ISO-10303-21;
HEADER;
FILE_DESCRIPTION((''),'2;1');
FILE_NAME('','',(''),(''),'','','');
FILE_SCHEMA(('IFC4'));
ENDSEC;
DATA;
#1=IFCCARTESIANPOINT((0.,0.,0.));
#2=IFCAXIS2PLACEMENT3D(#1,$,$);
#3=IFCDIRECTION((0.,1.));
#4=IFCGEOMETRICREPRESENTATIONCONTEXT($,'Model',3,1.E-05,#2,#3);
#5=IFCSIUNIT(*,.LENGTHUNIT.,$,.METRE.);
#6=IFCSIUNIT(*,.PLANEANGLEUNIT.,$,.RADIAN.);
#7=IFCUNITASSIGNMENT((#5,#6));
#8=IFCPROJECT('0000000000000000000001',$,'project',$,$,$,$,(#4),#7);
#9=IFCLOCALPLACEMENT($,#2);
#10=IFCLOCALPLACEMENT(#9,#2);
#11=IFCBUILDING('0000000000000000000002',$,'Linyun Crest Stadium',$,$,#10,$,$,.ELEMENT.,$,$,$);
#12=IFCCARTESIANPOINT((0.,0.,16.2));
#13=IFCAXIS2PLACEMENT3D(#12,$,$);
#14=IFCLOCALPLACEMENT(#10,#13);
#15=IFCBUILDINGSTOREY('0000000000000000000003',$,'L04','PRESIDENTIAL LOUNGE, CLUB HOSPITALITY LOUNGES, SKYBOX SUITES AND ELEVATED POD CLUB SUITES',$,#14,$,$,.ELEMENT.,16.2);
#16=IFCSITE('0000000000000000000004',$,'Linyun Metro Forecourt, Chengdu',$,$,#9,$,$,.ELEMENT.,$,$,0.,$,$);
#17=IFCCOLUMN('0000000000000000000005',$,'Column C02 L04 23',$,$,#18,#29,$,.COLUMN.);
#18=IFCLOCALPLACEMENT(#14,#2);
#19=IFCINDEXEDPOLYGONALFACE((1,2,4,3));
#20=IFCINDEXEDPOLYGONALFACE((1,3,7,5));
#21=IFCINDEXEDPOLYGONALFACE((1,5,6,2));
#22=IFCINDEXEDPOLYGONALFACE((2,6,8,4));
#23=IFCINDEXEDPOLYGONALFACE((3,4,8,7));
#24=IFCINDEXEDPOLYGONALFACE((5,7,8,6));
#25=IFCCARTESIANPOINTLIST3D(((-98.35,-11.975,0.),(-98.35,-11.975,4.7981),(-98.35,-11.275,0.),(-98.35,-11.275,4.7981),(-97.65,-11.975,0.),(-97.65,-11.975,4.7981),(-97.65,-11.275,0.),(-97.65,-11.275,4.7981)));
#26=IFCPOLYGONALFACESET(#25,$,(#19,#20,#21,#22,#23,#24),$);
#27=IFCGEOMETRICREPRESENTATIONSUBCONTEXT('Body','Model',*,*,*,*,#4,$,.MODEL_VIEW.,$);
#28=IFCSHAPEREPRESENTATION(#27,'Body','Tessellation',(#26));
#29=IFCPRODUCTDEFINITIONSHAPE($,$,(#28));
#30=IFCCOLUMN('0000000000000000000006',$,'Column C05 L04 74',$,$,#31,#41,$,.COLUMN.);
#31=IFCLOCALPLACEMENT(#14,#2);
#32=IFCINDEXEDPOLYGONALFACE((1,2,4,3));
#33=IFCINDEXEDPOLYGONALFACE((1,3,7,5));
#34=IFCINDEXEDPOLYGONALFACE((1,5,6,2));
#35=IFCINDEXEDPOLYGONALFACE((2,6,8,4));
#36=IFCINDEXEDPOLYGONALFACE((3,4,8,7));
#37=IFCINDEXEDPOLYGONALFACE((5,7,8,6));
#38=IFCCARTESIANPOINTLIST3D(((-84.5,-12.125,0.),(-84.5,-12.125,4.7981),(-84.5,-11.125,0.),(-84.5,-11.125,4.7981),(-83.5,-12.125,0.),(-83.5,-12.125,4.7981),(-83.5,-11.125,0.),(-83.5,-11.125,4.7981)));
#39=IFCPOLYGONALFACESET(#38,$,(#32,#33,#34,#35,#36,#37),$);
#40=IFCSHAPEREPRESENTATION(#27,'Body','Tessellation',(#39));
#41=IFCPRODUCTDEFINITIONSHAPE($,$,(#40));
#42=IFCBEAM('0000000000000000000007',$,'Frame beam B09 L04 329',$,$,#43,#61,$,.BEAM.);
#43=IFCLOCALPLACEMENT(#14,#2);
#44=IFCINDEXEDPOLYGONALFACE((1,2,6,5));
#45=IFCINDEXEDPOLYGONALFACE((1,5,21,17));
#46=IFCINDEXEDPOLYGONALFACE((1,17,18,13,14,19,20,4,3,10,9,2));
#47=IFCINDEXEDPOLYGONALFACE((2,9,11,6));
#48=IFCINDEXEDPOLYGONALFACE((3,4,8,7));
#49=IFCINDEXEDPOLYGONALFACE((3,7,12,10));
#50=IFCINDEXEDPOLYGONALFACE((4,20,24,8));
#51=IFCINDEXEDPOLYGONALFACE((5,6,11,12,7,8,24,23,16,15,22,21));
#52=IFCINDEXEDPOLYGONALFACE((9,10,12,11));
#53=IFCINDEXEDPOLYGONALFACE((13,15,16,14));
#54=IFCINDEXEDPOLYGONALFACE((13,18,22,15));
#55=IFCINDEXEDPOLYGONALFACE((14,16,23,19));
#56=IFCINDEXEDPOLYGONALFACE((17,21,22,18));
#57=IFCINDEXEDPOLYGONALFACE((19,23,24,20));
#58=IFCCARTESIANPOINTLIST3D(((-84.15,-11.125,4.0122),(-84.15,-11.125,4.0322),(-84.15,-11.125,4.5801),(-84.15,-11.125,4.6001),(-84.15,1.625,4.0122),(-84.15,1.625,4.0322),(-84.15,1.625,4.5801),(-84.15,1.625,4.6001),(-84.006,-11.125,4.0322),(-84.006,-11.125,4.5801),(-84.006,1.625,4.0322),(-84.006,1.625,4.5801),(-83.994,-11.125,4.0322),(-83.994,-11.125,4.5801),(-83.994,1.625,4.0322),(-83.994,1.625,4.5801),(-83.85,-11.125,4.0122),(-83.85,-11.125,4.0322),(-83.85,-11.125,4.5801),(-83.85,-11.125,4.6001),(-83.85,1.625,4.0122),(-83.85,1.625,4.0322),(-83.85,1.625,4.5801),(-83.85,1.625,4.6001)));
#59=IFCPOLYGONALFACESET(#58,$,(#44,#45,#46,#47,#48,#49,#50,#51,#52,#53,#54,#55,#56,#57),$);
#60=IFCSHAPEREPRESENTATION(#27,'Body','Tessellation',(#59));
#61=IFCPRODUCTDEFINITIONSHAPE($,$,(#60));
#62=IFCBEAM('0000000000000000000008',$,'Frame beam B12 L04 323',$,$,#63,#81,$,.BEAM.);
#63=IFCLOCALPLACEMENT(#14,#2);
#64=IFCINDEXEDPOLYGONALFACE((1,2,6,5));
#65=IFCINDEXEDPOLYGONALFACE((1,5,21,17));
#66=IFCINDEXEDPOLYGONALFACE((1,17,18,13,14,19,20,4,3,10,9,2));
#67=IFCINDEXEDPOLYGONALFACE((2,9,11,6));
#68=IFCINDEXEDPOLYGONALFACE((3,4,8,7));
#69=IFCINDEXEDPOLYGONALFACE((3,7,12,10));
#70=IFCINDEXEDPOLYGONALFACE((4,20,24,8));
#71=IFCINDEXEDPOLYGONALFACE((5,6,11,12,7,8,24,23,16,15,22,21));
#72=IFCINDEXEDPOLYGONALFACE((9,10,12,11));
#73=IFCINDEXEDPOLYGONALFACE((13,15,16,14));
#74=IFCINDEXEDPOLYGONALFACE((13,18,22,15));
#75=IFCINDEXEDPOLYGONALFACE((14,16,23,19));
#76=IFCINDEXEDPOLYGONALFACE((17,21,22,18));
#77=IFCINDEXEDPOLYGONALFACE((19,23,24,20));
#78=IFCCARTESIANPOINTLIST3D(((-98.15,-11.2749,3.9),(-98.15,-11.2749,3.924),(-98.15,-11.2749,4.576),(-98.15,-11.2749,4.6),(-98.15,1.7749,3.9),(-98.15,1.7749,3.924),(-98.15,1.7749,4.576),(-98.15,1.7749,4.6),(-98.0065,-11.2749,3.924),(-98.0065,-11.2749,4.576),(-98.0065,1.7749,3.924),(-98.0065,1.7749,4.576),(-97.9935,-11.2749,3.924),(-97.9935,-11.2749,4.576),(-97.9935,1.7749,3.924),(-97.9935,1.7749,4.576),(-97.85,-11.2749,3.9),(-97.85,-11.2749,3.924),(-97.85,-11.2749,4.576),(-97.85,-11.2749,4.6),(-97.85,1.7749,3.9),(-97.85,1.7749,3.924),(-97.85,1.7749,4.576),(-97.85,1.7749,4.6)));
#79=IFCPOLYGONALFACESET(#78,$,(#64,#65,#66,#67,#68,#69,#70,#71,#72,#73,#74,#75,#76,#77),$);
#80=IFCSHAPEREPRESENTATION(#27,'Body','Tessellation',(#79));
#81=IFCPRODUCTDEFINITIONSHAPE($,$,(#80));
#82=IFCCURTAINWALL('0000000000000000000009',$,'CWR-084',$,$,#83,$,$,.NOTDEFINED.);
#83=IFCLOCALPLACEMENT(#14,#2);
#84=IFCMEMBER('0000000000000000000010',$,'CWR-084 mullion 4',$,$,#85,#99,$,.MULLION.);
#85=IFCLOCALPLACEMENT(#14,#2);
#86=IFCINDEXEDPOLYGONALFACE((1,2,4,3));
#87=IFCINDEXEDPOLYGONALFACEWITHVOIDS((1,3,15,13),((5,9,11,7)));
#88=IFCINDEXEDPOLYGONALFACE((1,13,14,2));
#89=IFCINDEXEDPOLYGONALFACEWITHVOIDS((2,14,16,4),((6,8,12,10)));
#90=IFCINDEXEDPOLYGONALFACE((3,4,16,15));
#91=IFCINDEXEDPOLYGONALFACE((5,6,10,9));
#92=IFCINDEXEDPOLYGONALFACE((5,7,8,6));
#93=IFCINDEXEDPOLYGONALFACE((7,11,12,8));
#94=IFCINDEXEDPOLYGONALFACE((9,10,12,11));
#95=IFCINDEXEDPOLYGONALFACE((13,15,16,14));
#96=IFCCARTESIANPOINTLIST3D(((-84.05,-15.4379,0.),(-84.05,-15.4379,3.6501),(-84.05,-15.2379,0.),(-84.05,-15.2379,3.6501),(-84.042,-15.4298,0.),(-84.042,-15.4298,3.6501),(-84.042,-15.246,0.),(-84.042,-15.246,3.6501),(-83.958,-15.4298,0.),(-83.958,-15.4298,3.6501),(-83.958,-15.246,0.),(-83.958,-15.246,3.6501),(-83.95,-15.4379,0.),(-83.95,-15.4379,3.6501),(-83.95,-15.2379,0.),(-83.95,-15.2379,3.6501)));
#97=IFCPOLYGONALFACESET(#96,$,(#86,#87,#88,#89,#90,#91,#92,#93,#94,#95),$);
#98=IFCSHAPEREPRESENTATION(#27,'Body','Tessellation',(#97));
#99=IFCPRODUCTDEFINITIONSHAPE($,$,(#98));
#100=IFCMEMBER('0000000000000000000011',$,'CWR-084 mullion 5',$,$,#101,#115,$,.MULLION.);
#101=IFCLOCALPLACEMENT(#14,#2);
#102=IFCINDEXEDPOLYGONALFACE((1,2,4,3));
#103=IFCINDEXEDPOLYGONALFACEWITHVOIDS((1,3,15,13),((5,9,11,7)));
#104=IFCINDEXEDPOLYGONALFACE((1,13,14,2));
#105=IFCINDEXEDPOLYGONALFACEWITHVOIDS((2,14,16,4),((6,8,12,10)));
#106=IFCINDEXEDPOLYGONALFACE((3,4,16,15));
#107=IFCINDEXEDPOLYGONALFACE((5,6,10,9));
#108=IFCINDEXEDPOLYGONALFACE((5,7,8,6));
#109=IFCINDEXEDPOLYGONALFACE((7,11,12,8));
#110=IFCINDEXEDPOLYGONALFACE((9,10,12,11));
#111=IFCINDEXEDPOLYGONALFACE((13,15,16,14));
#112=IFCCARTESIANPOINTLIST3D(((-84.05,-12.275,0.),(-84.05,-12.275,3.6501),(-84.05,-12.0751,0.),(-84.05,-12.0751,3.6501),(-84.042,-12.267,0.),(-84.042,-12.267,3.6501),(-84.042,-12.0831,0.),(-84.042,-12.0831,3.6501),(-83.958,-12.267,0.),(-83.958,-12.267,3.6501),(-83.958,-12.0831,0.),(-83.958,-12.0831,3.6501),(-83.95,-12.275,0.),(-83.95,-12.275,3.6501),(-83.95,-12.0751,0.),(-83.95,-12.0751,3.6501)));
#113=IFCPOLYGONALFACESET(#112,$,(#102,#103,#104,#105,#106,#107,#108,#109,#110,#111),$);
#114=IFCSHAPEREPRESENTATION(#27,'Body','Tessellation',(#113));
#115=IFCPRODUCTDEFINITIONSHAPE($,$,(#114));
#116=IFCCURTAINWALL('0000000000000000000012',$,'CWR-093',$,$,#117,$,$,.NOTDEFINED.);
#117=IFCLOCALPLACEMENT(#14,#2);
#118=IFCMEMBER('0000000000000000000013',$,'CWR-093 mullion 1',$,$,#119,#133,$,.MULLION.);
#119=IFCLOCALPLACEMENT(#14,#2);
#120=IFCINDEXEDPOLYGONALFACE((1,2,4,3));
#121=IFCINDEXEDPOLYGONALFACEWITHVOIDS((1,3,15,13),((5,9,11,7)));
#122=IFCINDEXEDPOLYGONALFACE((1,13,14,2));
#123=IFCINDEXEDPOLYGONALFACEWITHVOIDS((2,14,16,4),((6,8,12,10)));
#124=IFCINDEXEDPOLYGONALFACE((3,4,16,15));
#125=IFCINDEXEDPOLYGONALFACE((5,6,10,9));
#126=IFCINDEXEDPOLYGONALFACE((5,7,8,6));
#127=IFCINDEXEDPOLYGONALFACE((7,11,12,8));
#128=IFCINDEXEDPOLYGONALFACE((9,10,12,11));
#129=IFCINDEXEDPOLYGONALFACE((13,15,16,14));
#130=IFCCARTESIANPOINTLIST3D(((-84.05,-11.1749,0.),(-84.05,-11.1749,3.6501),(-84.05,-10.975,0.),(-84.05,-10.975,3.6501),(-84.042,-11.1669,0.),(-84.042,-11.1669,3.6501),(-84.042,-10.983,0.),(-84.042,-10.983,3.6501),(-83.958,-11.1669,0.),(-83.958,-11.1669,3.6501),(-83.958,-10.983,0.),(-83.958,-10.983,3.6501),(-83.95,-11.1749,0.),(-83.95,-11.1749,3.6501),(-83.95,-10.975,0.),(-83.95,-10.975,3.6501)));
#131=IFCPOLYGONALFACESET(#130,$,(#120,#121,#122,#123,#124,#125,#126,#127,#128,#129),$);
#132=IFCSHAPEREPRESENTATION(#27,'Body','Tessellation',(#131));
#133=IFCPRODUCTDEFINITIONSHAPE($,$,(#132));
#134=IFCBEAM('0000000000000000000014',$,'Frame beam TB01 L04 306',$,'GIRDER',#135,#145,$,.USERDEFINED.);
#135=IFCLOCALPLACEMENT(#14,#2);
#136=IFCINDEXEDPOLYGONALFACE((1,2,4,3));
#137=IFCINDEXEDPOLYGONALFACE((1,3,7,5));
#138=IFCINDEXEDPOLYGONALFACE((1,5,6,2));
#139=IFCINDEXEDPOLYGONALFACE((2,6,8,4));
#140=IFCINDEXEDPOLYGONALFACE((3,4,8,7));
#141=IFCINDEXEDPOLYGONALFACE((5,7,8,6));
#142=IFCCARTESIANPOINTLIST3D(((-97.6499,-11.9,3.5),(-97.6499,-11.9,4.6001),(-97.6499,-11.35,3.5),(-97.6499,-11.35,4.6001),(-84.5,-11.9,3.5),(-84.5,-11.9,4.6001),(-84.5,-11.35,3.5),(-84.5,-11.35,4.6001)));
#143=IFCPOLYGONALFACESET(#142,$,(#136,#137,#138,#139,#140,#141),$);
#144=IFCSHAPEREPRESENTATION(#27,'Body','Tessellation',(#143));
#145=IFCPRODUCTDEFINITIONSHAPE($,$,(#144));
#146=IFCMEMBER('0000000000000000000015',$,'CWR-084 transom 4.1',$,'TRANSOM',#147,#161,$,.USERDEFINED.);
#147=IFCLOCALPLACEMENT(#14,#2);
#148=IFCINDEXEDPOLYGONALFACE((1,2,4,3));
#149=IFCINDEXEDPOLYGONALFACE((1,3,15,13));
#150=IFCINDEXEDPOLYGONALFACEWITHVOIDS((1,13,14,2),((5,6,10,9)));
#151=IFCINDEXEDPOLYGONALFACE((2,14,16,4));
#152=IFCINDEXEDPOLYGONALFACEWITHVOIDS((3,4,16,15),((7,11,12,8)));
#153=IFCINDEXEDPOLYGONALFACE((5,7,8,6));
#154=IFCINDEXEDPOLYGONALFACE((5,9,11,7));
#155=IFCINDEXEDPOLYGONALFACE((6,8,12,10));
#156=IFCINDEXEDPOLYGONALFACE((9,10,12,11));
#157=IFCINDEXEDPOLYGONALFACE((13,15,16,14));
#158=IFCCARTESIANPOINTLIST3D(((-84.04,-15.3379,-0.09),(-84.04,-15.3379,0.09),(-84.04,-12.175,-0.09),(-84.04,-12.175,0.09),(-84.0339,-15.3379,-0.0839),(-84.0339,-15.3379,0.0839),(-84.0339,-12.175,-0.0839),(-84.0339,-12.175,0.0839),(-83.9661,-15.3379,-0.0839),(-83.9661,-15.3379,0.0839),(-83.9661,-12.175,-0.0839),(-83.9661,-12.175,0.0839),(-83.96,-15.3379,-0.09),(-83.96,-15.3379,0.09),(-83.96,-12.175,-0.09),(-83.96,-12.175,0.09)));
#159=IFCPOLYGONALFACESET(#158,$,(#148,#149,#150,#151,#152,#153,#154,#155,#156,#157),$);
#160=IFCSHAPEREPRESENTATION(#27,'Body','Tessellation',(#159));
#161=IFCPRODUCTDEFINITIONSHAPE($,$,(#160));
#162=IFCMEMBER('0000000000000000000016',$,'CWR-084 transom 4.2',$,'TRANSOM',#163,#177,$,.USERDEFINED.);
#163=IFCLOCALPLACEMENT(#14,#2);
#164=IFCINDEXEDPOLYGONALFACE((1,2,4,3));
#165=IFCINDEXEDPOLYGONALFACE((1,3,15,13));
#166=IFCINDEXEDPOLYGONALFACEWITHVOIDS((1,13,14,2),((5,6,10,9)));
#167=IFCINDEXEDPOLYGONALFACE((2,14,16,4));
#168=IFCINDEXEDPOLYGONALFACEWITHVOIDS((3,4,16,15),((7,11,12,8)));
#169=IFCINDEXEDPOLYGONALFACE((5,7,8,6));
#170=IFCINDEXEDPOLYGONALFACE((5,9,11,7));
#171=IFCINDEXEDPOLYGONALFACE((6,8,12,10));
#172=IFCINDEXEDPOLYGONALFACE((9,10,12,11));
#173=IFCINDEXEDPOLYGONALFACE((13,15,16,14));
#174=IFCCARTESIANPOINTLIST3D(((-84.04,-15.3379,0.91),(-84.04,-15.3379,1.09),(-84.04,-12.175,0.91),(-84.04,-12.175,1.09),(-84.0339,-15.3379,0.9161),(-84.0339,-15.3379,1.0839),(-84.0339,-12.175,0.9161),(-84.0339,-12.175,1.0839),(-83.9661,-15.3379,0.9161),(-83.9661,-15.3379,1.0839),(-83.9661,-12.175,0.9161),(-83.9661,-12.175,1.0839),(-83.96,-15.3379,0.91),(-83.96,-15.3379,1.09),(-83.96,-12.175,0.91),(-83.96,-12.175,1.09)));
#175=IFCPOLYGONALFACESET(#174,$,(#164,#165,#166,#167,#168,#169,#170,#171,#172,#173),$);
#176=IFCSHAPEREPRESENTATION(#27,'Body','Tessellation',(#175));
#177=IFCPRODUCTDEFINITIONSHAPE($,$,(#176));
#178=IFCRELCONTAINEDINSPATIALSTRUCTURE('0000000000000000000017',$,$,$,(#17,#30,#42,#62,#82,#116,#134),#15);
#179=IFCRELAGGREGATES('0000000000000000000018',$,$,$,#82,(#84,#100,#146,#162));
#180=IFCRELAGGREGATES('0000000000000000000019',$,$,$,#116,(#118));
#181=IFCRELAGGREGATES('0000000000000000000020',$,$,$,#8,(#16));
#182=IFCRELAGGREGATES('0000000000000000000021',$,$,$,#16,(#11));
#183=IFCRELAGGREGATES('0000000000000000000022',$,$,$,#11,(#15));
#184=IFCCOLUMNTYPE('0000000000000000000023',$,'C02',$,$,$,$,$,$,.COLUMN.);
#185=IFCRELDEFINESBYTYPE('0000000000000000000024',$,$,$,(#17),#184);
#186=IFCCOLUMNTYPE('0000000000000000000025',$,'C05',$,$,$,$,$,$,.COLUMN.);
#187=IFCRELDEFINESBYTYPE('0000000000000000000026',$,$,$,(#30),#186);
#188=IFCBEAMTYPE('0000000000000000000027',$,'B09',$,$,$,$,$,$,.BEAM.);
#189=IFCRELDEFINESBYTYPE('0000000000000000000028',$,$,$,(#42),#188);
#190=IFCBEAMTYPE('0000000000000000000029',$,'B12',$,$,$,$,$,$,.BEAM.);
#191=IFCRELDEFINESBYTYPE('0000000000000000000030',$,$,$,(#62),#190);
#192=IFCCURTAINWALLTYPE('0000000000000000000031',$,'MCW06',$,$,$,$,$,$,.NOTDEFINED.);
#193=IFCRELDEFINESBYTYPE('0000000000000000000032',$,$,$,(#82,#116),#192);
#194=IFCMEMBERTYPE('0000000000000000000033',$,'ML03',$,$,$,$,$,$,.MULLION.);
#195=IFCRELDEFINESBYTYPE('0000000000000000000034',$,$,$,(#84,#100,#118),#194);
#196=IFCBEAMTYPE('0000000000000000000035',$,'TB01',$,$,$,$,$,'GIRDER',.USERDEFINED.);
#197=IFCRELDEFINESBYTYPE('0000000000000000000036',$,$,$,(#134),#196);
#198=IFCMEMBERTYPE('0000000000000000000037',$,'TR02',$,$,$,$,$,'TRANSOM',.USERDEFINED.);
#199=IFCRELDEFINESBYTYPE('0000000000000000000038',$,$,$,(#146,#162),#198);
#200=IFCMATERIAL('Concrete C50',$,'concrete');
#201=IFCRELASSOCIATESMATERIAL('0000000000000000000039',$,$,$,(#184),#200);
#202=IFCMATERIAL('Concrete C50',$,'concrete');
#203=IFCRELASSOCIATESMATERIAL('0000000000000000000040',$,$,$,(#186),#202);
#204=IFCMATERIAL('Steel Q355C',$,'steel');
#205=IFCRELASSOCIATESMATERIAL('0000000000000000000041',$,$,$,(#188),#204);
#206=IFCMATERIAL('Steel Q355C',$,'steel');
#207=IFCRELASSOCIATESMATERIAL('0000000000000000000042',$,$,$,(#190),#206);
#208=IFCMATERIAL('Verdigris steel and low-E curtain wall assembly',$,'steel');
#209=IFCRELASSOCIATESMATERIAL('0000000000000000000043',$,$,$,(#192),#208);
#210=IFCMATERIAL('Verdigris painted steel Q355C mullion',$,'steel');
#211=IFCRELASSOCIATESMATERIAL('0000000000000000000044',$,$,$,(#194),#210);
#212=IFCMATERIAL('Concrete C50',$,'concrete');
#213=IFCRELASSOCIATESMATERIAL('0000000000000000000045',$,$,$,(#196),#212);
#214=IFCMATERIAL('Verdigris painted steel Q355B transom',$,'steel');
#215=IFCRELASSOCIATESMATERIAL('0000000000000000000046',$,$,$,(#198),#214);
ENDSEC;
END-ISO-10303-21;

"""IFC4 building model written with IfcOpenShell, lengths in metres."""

from ifc_helpers import new_model, si_unit, direction, frame, origin, origin_2d, place, context, subcontext, project, spatial, rectangle, hollow_rectangle, i_section, extrude, material, material_profile, profile_set, type_object, element, aggregate, save


model = new_model("IFC4")

# Units and contexts
model_context = context("Model", 3, precision=1e-05, world=origin(), true_north=direction((0.0, 1.0)))
body_context = subcontext(model_context, "Body", "Model", "MODEL_VIEW")
ifc_project = project(units=[si_unit("LENGTHUNIT", "METRE"), si_unit("PLANEANGLEUNIT", "RADIAN")], contexts=[model_context])

# Site, building, storey
site_placement = place(None, origin())
site = spatial("IfcSite", under=ifc_project, at=site_placement, Name="Linyun Metro Forecourt, Chengdu", CompositionType="ELEMENT", RefElevation=0.0)
building_placement = place(site_placement, origin())
building = spatial("IfcBuilding", under=site, at=building_placement, Name="Linyun Crest Stadium", CompositionType="ELEMENT")
storey_placement = place(building_placement, frame((0.0, 0.0, 16.2)))
storey = spatial("IfcBuildingStorey", under=building, at=storey_placement, Name="L04", Description="PRESIDENTIAL LOUNGE, CLUB HOSPITALITY LOUNGES, SKYBOX SUITES AND ELEVATED POD CLUB SUITES", CompositionType="ELEMENT", Elevation=16.2)

# Columns
ifc_material_1 = material(Name="Concrete C50", Category="concrete")
ifc_material_profile_1 = material_profile(ifc_material_1, rectangle(XDim=0.7, YDim=0.7, at=origin_2d()), Name="RC 700x700")
ifc_profile_set_1 = profile_set([ifc_material_profile_1], Name="Concrete C50")
column_type_1 = type_object("IfcColumnType", Name="C02", PredefinedType="COLUMN", material=ifc_profile_set_1)
column_1_placement = place(storey_placement, frame((-98.0, -11.625, 0.0), z_axis=(0.0, 0.0, 1.0), x_axis=(1.0, 0.0, 0.0)))
element("IfcColumn", 1, at=column_1_placement, inside=storey, type_object=column_type_1, Name="Column C02 L04 23", PredefinedType="COLUMN", context=body_context, shape_type="SweptSolid", body=[
    extrude(rectangle(XDim=0.7, YDim=0.7, at=origin_2d()), origin(), (0.0, 0.0, 1.0), 4.7981),
])
ifc_material_2 = material(Name="Concrete C50", Category="concrete")
ifc_material_profile_2 = material_profile(ifc_material_2, rectangle(XDim=1.0, YDim=1.0, at=origin_2d()), Name="RC 1000x1000")
ifc_profile_set_2 = profile_set([ifc_material_profile_2], Name="Concrete C50")
column_type_2 = type_object("IfcColumnType", Name="C05", PredefinedType="COLUMN", material=ifc_profile_set_2)
column_2_placement = place(storey_placement, frame((-84.0, -11.625, 0.0), z_axis=(0.0, 0.0, 1.0), x_axis=(1.0, 0.0, 0.0)))
element("IfcColumn", 2, at=column_2_placement, inside=storey, type_object=column_type_2, Name="Column C05 L04 74", PredefinedType="COLUMN", context=body_context, shape_type="SweptSolid", body=[
    extrude(rectangle(XDim=1.0, YDim=1.0, at=origin_2d()), origin(), (0.0, 0.0, 1.0), 4.7981),
])

# Beams
ifc_material_3 = material(Name="Steel Q355C", Category="steel")
ifc_material_profile_3 = material_profile(ifc_material_3, i_section(OverallWidth=0.3, OverallDepth=0.5879, WebThickness=0.012, FlangeThickness=0.02, at=origin_2d()), Name="HM 588x300")
ifc_profile_set_3 = profile_set([ifc_material_profile_3], Name="Steel Q355C")
beam_type_1 = type_object("IfcBeamType", Name="B09", PredefinedType="BEAM", material=ifc_profile_set_3)
beam_1_placement = place(storey_placement, frame((-84.0, -11.125, 4.3062), z_axis=(0.0, 1.0, 0.0), x_axis=(-1.0, 0.0, 0.0)))
element("IfcBeam", 3, at=beam_1_placement, inside=storey, type_object=beam_type_1, Name="Frame beam B09 L04 329", PredefinedType="BEAM", context=body_context, shape_type="SweptSolid", body=[
    extrude(i_section(OverallWidth=0.3, OverallDepth=0.5879, WebThickness=0.012, FlangeThickness=0.02, at=origin_2d()), origin(), (0.0, 0.0, 1.0), 12.75),
])
ifc_material_4 = material(Name="Steel Q355C", Category="steel")
ifc_material_profile_4 = material_profile(ifc_material_4, i_section(OverallWidth=0.3, OverallDepth=0.7, WebThickness=0.0129, FlangeThickness=0.0239, at=origin_2d()), Name="HN 700x300")
ifc_profile_set_4 = profile_set([ifc_material_profile_4], Name="Steel Q355C")
beam_type_2 = type_object("IfcBeamType", Name="B12", PredefinedType="BEAM", material=ifc_profile_set_4)
beam_2_placement = place(storey_placement, frame((-98.0, -11.2749, 4.25), z_axis=(0.0, 1.0, 0.0), x_axis=(-1.0, 0.0, 0.0)))
element("IfcBeam", 4, at=beam_2_placement, inside=storey, type_object=beam_type_2, Name="Frame beam B12 L04 323", PredefinedType="BEAM", context=body_context, shape_type="SweptSolid", body=[
    extrude(i_section(OverallWidth=0.3, OverallDepth=0.7, WebThickness=0.0129, FlangeThickness=0.0239, at=origin_2d()), origin(), (0.0, 0.0, 1.0), 13.0498),
])

# Curtain wall, members
ifc_material_5 = material(Name="Verdigris steel and low-E curtain wall assembly", Category="steel")
curtain_wall_type = type_object("IfcCurtainWallType", Name="MCW06", PredefinedType="NOTDEFINED", material=ifc_material_5)
curtain_wall_1_placement = place(storey_placement, origin())
curtain_wall_1 = element("IfcCurtainWall", 5, at=curtain_wall_1_placement, inside=storey, type_object=curtain_wall_type, Name="CWR-084", PredefinedType="NOTDEFINED")
ifc_material_6 = material(Name="Verdigris painted steel Q355C mullion", Category="steel")
ifc_material_profile_5 = material_profile(ifc_material_6, hollow_rectangle(XDim=0.1001, YDim=0.2, WallThickness=0.0081, at=origin_2d()), Name="RHS 200x100x8")
ifc_profile_set_5 = profile_set([ifc_material_profile_5], Name="Verdigris painted steel Q355C mullion")
member_type_1 = type_object("IfcMemberType", Name="ML03", PredefinedType="MULLION", material=ifc_profile_set_5)
member_1_placement = place(storey_placement, frame((-84.0, -15.3379, 0.0), z_axis=(0.0, 0.0, 1.0), x_axis=(-1.0, 0.0, 0.0)))
member_1 = element("IfcMember", 6, at=member_1_placement, type_object=member_type_1, Name="CWR-084 mullion 4", PredefinedType="MULLION", context=body_context, shape_type="SweptSolid", body=[
    extrude(hollow_rectangle(XDim=0.1001, YDim=0.2, WallThickness=0.0081, at=origin_2d()), origin(), (0.0, 0.0, 1.0), 3.6501),
])
member_2_placement = place(storey_placement, frame((-84.0, -12.175, 0.0), z_axis=(0.0, 0.0, 1.0), x_axis=(-1.0, 0.0, 0.0)))
member_2 = element("IfcMember", 7, at=member_2_placement, type_object=member_type_1, Name="CWR-084 mullion 5", PredefinedType="MULLION", context=body_context, shape_type="SweptSolid", body=[
    extrude(hollow_rectangle(XDim=0.1001, YDim=0.2, WallThickness=0.0081, at=origin_2d()), origin(), (0.0, 0.0, 1.0), 3.6501),
])

# Curtain wall, member
curtain_wall_2_placement = place(storey_placement, origin())
curtain_wall_2 = element("IfcCurtainWall", 8, at=curtain_wall_2_placement, inside=storey, type_object=curtain_wall_type, Name="CWR-093", PredefinedType="NOTDEFINED")
member_3_placement = place(storey_placement, frame((-84.0, -11.075, 0.0), z_axis=(0.0, 0.0, 1.0), x_axis=(-1.0, 0.0, 0.0)))
member_3 = element("IfcMember", 9, at=member_3_placement, type_object=member_type_1, Name="CWR-093 mullion 1", PredefinedType="MULLION", context=body_context, shape_type="SweptSolid", body=[
    extrude(hollow_rectangle(XDim=0.1001, YDim=0.2, WallThickness=0.0081, at=origin_2d()), origin(), (0.0, 0.0, 1.0), 3.6501),
])

# Beam
ifc_material_7 = material(Name="Concrete C50", Category="concrete")
ifc_material_profile_6 = material_profile(ifc_material_7, rectangle(XDim=0.55, YDim=1.1001, at=origin_2d()), Name="RCB 1100x550")
ifc_profile_set_6 = profile_set([ifc_material_profile_6], Name="Concrete C50")
beam_type_3 = type_object("IfcBeamType", Name="TB01", ElementType="GIRDER", PredefinedType="USERDEFINED", material=ifc_profile_set_6)
beam_3_placement = place(storey_placement, frame((-97.6499, -11.625, 4.05), z_axis=(1.0, 0.0, 0.0), x_axis=(0.0, 1.0, 0.0)))
element("IfcBeam", 10, at=beam_3_placement, inside=storey, type_object=beam_type_3, Name="Frame beam TB01 L04 306", ObjectType="GIRDER", PredefinedType="USERDEFINED", context=body_context, shape_type="SweptSolid", body=[
    extrude(rectangle(XDim=0.55, YDim=1.1001, at=origin_2d()), origin(), (0.0, 0.0, 1.0), 13.1499),
])

# Members
ifc_material_8 = material(Name="Verdigris painted steel Q355B transom", Category="steel")
ifc_material_profile_7 = material_profile(ifc_material_8, hollow_rectangle(XDim=0.0801, YDim=0.1799, WallThickness=0.0061, at=origin_2d()), Name="RHS 180x80x6")
ifc_profile_set_7 = profile_set([ifc_material_profile_7], Name="Verdigris painted steel Q355B transom")
member_type_2 = type_object("IfcMemberType", Name="TR02", ElementType="TRANSOM", PredefinedType="USERDEFINED", material=ifc_profile_set_7)
member_4_placement = place(storey_placement, frame((-84.0, -15.3379, 0.0), z_axis=(0.0, 1.0, 0.0), x_axis=(-1.0, 0.0, 0.0)))
member_4 = element("IfcMember", 11, at=member_4_placement, type_object=member_type_2, Name="CWR-084 transom 4.1", ObjectType="TRANSOM", PredefinedType="USERDEFINED", context=body_context, shape_type="SweptSolid", body=[
    extrude(hollow_rectangle(XDim=0.0801, YDim=0.1799, WallThickness=0.0061, at=origin_2d()), origin(), (0.0, 0.0, 1.0), 3.1628),
])
member_5_placement = place(storey_placement, frame((-84.0, -15.3379, 1.0), z_axis=(0.0, 1.0, 0.0), x_axis=(-1.0, 0.0, 0.0)))
member_5 = element("IfcMember", 12, at=member_5_placement, type_object=member_type_2, Name="CWR-084 transom 4.2", ObjectType="TRANSOM", PredefinedType="USERDEFINED", context=body_context, shape_type="SweptSolid", body=[
    extrude(hollow_rectangle(XDim=0.0801, YDim=0.1799, WallThickness=0.0061, at=origin_2d()), origin(), (0.0, 0.0, 1.0), 3.1628),
])

aggregate(curtain_wall_1, [member_1, member_2, member_4, member_5])
aggregate(curtain_wall_2, [member_3])

save(model, "model.ifc")
